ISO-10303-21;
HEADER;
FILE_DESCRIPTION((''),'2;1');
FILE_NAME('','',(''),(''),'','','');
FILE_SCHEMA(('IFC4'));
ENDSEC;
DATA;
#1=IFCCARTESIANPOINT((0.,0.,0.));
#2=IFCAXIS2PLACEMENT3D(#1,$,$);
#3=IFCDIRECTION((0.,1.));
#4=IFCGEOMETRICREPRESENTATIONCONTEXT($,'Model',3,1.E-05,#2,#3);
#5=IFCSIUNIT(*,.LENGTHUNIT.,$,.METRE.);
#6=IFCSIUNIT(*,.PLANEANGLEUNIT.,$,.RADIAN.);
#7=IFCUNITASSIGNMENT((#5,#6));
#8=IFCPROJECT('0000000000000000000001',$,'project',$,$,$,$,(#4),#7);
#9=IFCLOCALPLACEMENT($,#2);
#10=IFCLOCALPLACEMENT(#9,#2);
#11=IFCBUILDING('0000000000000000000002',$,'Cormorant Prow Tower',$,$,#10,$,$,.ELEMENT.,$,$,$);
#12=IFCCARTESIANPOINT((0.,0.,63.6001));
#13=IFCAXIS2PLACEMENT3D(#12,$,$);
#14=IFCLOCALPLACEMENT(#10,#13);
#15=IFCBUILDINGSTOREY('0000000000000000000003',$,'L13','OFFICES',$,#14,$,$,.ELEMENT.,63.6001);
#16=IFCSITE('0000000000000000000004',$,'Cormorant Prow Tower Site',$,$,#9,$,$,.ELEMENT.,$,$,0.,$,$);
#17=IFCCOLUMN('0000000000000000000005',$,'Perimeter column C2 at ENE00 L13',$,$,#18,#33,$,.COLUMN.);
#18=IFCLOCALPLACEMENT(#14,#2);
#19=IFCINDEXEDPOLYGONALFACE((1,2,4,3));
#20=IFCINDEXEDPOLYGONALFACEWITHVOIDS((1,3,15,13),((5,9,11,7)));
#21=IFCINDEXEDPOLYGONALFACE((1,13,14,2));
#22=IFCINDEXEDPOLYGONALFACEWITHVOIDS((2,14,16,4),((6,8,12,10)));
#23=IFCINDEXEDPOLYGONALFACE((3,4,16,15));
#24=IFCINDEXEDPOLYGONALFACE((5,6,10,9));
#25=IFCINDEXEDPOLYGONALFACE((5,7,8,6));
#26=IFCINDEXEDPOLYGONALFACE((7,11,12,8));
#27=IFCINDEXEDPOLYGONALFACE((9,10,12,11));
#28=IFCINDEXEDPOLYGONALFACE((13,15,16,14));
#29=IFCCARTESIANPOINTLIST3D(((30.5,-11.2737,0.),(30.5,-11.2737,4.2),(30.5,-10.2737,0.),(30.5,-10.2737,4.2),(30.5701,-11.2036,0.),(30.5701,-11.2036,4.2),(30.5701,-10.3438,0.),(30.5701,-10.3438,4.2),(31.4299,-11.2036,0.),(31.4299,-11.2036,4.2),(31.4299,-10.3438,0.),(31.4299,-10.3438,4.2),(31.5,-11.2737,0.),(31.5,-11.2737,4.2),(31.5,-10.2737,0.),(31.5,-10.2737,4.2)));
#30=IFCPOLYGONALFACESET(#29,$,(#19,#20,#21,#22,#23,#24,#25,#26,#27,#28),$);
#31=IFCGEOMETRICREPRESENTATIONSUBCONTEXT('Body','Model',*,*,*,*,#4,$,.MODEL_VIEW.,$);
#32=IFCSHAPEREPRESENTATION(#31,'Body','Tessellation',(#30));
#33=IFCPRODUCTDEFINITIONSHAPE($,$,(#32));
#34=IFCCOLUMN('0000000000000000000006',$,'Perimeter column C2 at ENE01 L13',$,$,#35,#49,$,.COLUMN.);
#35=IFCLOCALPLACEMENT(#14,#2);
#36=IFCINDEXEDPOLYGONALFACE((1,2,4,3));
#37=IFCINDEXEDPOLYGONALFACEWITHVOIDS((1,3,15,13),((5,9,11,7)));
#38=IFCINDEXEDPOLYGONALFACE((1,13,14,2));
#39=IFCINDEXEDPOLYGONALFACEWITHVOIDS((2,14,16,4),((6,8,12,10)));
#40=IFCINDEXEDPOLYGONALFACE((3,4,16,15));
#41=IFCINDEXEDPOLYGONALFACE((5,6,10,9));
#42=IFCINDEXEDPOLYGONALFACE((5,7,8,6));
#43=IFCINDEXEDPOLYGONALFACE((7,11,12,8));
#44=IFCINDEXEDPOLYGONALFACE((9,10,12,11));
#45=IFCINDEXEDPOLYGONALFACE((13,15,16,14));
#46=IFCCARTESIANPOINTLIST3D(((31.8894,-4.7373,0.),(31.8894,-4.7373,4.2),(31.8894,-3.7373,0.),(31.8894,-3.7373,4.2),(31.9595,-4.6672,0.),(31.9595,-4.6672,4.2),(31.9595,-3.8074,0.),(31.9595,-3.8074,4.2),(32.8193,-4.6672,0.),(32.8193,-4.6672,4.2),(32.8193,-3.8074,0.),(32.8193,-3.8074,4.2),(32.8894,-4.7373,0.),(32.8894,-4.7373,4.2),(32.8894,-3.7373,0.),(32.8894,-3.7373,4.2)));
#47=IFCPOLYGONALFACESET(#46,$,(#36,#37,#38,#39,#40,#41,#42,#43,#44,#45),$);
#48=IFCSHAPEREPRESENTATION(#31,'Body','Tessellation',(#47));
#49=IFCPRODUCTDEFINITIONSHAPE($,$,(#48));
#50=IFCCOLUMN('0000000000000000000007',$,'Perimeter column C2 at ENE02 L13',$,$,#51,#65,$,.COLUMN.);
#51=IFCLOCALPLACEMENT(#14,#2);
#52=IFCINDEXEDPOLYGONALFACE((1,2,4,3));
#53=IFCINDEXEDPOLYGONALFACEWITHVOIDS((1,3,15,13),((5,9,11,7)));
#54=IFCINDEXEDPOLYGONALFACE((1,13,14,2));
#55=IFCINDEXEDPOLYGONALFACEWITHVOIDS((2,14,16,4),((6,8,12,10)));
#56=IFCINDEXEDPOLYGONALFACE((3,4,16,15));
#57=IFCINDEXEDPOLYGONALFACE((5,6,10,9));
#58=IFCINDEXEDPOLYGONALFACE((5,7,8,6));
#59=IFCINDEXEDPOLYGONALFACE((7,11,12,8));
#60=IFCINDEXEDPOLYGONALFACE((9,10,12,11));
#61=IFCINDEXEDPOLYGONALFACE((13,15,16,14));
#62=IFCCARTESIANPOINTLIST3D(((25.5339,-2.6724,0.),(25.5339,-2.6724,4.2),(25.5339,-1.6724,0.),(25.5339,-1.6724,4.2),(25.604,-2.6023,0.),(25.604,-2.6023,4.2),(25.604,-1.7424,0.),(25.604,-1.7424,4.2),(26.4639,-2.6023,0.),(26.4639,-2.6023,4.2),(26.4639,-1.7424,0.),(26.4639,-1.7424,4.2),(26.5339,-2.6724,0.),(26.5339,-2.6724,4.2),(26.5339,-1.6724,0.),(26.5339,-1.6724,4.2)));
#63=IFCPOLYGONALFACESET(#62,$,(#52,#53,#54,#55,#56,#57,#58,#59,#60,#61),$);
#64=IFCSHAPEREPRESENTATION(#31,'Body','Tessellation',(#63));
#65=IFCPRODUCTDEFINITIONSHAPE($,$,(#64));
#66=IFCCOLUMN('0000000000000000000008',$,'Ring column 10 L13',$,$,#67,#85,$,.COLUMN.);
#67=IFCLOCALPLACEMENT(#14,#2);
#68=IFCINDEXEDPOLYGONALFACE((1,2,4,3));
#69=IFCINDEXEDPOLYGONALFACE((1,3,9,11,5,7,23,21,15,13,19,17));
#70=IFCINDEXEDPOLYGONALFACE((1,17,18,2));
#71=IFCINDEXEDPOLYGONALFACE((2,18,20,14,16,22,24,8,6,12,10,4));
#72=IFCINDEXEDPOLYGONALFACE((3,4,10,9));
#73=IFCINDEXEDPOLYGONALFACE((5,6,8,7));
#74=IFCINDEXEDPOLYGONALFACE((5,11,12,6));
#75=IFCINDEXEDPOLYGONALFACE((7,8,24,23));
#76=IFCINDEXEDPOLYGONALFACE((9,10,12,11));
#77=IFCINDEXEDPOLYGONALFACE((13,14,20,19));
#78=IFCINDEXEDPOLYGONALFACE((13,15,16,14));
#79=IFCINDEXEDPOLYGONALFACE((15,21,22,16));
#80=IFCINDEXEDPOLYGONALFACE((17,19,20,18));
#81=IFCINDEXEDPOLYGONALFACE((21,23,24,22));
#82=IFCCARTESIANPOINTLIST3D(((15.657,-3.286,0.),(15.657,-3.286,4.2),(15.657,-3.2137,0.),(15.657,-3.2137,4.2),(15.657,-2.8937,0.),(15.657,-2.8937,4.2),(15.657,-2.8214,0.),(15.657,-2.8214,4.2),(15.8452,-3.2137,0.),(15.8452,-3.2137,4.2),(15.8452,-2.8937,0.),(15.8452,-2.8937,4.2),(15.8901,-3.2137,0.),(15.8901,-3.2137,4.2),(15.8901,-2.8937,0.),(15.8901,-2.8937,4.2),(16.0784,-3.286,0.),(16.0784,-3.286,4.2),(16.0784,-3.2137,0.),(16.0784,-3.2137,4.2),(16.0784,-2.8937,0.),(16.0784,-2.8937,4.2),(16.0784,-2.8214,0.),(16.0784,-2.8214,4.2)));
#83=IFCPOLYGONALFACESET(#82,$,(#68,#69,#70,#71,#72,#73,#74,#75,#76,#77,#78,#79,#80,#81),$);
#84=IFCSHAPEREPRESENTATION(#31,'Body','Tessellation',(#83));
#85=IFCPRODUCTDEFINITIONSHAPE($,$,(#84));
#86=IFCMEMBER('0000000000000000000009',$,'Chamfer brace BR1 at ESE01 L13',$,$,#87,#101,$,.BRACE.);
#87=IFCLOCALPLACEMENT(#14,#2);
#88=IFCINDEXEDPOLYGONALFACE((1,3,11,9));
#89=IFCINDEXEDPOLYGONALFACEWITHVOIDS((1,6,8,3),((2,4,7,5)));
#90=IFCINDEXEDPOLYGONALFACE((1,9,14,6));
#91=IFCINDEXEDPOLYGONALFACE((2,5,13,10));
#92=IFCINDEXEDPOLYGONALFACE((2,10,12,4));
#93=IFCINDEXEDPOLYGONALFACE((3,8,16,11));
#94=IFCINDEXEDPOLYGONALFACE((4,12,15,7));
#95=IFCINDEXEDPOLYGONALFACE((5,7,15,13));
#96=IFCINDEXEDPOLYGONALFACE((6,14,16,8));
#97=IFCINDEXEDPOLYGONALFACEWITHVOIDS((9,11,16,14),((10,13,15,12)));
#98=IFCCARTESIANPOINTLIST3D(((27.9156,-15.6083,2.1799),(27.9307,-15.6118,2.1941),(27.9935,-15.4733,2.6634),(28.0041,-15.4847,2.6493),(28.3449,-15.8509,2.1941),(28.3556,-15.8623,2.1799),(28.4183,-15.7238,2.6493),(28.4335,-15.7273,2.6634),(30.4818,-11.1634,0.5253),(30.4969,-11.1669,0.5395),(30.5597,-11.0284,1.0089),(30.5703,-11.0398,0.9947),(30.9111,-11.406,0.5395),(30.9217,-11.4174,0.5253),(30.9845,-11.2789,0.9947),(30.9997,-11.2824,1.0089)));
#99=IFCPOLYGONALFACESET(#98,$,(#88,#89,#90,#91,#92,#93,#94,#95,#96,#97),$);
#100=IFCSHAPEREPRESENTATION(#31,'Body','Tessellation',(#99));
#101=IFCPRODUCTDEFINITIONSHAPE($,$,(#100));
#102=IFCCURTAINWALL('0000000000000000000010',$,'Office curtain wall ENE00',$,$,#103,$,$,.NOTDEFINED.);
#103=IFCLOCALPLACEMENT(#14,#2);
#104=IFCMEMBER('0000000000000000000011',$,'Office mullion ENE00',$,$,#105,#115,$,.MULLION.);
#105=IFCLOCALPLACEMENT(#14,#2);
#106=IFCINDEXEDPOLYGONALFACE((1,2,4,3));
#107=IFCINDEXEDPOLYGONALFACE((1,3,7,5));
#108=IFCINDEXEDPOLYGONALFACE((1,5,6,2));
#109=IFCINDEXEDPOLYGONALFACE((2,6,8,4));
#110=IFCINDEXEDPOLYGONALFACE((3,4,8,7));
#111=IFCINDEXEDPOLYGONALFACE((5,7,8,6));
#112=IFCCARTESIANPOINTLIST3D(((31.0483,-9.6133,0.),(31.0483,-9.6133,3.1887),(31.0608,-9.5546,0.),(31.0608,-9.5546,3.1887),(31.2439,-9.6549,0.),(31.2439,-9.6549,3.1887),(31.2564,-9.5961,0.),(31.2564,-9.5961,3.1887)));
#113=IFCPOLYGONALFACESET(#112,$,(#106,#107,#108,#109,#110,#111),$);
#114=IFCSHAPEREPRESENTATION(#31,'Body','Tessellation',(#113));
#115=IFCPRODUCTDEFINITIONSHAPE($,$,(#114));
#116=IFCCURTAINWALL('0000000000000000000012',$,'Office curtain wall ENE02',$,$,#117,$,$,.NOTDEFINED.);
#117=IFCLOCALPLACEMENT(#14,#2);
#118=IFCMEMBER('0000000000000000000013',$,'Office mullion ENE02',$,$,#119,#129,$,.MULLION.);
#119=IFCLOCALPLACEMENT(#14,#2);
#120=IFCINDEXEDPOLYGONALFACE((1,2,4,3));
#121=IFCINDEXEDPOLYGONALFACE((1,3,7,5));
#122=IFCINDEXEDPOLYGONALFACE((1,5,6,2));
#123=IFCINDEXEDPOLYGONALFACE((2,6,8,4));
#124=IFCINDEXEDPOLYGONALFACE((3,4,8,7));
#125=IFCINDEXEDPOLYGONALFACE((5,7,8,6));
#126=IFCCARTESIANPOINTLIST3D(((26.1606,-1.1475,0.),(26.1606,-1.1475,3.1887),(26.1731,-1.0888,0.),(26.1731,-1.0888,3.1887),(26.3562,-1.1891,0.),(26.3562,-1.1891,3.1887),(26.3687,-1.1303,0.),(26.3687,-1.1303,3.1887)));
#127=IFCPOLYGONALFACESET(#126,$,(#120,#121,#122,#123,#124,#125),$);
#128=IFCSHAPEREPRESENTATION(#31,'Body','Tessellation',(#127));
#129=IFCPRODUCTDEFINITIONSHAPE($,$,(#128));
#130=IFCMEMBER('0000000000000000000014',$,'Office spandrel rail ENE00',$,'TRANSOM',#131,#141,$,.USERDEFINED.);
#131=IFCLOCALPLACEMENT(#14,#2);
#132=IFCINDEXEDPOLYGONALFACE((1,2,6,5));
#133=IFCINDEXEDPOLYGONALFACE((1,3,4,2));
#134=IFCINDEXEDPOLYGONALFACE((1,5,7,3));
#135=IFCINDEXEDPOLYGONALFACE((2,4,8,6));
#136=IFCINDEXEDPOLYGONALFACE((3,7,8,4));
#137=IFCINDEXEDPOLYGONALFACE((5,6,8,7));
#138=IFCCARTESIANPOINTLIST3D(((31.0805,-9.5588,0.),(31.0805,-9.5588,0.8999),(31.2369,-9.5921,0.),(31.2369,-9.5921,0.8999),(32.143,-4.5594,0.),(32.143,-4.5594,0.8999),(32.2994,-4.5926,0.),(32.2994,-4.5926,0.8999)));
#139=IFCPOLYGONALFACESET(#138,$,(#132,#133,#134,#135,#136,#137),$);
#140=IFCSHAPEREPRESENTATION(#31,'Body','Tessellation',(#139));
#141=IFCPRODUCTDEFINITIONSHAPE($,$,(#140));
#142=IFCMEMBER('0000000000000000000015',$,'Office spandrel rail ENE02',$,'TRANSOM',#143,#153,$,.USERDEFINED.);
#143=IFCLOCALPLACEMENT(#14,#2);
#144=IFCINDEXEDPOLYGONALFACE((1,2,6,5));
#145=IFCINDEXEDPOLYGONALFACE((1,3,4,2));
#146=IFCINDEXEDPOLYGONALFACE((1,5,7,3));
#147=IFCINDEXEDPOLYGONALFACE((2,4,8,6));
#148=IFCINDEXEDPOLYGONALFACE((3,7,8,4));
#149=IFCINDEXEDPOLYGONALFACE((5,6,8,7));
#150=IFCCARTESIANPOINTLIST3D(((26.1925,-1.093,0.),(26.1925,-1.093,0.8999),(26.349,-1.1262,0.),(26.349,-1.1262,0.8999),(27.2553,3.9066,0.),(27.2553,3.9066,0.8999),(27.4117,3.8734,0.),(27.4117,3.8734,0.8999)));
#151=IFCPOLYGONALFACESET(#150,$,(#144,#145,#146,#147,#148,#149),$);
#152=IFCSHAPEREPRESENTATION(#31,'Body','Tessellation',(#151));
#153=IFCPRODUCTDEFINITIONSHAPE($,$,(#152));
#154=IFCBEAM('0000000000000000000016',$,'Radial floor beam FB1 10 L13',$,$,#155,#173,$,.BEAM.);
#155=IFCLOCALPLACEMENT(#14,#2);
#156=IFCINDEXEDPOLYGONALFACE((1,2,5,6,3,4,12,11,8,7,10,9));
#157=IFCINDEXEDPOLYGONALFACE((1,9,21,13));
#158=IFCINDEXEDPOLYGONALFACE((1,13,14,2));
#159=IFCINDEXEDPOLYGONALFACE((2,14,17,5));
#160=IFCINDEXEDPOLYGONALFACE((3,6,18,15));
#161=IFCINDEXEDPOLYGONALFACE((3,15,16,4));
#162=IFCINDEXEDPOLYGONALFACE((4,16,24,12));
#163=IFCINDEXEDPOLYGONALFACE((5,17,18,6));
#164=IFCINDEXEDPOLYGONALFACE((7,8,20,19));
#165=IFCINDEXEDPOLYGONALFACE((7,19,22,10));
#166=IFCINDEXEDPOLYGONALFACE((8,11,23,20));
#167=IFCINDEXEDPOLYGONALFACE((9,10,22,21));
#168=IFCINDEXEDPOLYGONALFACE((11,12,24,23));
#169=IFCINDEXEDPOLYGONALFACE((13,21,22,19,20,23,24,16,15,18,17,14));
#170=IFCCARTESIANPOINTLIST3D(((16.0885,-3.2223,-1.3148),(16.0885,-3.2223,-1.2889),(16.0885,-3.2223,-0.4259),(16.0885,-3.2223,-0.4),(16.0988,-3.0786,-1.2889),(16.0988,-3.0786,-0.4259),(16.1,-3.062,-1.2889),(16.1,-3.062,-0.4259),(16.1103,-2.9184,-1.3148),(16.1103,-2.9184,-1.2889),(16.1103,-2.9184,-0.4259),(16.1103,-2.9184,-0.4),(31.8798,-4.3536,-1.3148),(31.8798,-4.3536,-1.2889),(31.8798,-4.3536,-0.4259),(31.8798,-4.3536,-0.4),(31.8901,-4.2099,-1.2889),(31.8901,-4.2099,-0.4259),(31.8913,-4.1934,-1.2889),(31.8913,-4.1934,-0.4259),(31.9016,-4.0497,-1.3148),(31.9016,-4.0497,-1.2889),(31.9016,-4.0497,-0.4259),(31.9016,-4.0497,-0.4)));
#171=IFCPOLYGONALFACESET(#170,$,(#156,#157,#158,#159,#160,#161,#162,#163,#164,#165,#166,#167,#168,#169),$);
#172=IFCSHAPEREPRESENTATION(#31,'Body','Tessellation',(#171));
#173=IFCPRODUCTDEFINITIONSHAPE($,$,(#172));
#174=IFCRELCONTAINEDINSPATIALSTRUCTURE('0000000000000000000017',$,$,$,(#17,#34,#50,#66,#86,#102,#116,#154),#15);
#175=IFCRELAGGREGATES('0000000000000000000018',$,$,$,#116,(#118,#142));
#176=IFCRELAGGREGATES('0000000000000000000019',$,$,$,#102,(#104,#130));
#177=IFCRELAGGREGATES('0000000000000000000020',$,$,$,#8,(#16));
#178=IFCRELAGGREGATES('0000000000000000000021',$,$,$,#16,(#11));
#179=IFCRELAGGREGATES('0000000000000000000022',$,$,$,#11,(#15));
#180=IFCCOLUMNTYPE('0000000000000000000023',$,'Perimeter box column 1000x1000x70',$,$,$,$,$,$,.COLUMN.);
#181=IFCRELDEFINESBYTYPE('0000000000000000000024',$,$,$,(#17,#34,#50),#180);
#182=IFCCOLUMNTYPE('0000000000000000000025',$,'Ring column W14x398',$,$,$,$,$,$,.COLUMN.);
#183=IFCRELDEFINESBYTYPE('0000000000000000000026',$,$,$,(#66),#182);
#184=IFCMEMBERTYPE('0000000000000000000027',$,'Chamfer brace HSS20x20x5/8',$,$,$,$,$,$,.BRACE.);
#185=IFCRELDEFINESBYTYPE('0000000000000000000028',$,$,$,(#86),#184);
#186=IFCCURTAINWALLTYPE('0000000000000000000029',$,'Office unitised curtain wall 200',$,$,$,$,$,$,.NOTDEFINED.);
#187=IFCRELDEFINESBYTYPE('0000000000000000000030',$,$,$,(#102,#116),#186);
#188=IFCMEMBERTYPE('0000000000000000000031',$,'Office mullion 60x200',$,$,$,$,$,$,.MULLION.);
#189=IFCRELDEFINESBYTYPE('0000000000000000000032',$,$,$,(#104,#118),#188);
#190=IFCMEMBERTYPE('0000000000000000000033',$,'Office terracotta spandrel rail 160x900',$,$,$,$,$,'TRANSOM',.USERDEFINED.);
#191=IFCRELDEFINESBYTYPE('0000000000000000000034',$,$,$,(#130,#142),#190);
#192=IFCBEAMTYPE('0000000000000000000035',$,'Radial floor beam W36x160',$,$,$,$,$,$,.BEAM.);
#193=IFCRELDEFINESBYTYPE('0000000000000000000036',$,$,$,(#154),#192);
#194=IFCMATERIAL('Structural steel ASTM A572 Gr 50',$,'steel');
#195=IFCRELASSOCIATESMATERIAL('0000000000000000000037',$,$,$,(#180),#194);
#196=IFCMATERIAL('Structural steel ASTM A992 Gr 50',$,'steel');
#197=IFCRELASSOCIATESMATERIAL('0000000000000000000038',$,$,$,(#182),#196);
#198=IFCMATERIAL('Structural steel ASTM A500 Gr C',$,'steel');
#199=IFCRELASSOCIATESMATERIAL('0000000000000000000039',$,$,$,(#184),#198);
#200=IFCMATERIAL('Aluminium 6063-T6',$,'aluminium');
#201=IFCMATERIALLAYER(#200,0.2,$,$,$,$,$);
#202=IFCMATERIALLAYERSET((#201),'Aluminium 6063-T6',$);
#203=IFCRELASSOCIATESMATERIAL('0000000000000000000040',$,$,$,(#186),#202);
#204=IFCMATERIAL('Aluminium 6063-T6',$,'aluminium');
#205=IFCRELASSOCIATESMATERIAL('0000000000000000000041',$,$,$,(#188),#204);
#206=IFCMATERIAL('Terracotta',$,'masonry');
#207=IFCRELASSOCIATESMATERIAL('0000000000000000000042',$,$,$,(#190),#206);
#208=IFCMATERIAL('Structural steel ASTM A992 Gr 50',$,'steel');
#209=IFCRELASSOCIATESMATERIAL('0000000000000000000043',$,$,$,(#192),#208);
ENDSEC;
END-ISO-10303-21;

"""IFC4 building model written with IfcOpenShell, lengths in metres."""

from ifc_helpers import new_model, si_unit, direction, frame, origin, origin_2d, place, context, subcontext, project, spatial, rectangle, hollow_rectangle, i_section, extrude, material, layer, layer_set, material_profile, profile_set, type_object, element, aggregate, save


model = new_model("IFC4")

# Units and contexts
model_context = context("Model", 3, precision=1e-05, world=origin(), true_north=direction((0.0, 1.0)))
body_context = subcontext(model_context, "Body", "Model", "MODEL_VIEW")
ifc_project = project(units=[si_unit("LENGTHUNIT", "METRE"), si_unit("PLANEANGLEUNIT", "RADIAN")], contexts=[model_context])

# Site, building, storey
site_placement = place(None, origin())
site = spatial("IfcSite", under=ifc_project, at=site_placement, Name="Cormorant Prow Tower Site", CompositionType="ELEMENT", RefElevation=0.0)
building_placement = place(site_placement, origin())
building = spatial("IfcBuilding", under=site, at=building_placement, Name="Cormorant Prow Tower", CompositionType="ELEMENT")
storey_placement = place(building_placement, frame((0.0, 0.0, 63.6001)))
storey = spatial("IfcBuildingStorey", under=building, at=storey_placement, Name="L13", Description="OFFICES", CompositionType="ELEMENT", Elevation=63.6001)

# Columns
ifc_material_1 = material(Name="Structural steel ASTM A572 Gr 50", Category="steel")
ifc_material_profile_1 = material_profile(ifc_material_1, hollow_rectangle(XDim=1.0, YDim=1.0, WallThickness=0.0701, at=origin_2d()), Name="Box 1000x1000x70")
ifc_profile_set_1 = profile_set([ifc_material_profile_1], Name="Structural steel ASTM A572 Gr 50")
column_type_1 = type_object("IfcColumnType", Name="Perimeter box column 1000x1000x70", PredefinedType="COLUMN", material=ifc_profile_set_1)
for number, where, z_axis, x_axis, name in (
    (1, (31.0, -10.7737, 0.0), (0.0, 0.0, 1.0), (1.0, 0.0, 0.0), "Perimeter column C2 at ENE00 L13"),
    (2, (32.3894, -4.2373, 0.0), (0.0, 0.0, 1.0), (1.0, 0.0, 0.0), "Perimeter column C2 at ENE01 L13"),
    (3, (26.0339, -2.1724, 0.0), (0.0, 0.0, 1.0), (1.0, 0.0, 0.0), "Perimeter column C2 at ENE02 L13"),
):
    element("IfcColumn", number, at=place(storey_placement, frame(where, z_axis=z_axis, x_axis=x_axis)), inside=storey, type_object=column_type_1, Name=name, PredefinedType="COLUMN", context=body_context, shape_type="SweptSolid", body=[
        extrude(hollow_rectangle(XDim=1.0, YDim=1.0, WallThickness=0.0701, at=origin_2d()), origin(), (0.0, 0.0, 1.0), 4.2),
    ])
ifc_material_2 = material(Name="Structural steel ASTM A992 Gr 50", Category="steel")
ifc_material_profile_2 = material_profile(ifc_material_2, i_section(OverallWidth=0.4214, OverallDepth=0.4646, WebThickness=0.0449, FlangeThickness=0.0723, at=origin_2d()), Name="W14x398")
ifc_profile_set_2 = profile_set([ifc_material_profile_2], Name="Structural steel ASTM A992 Gr 50")
column_type_2 = type_object("IfcColumnType", Name="Ring column W14x398", PredefinedType="COLUMN", material=ifc_profile_set_2)
column_placement = place(storey_placement, frame((15.8677, -3.0537, 0.0), z_axis=(0.0, 0.0, 1.0), x_axis=(1.0, 0.0, 0.0)))
element("IfcColumn", 4, at=column_placement, inside=storey, type_object=column_type_2, Name="Ring column 10 L13", PredefinedType="COLUMN", context=body_context, shape_type="SweptSolid", body=[
    extrude(i_section(OverallWidth=0.4214, OverallDepth=0.4646, WebThickness=0.0449, FlangeThickness=0.0723, at=origin_2d()), origin(), (0.0, 0.0, 1.0), 4.2),
])

# Member
ifc_material_3 = material(Name="Structural steel ASTM A500 Gr C", Category="steel")
ifc_material_profile_3 = material_profile(ifc_material_3, hollow_rectangle(XDim=0.5081, YDim=0.5081, WallThickness=0.0149, at=origin_2d()), Name="HSS20x20x5/8")
ifc_profile_set_3 = profile_set([ifc_material_profile_3], Name="Structural steel ASTM A500 Gr C")
member_type_1 = type_object("IfcMemberType", Name="Chamfer brace HSS20x20x5/8", PredefinedType="BRACE", material=ifc_profile_set_3)
member_1_placement = place(storey_placement, frame((30.7407, -11.2229, 0.7671), z_axis=(-0.475875, -0.824259, 0.306822), x_axis=(0.86603, -0.499991, 0.0)))
element("IfcMember", 5, at=member_1_placement, inside=storey, type_object=member_type_1, Name="Chamfer brace BR1 at ESE01 L13", PredefinedType="BRACE", context=body_context, shape_type="SweptSolid", body=[
    extrude(hollow_rectangle(XDim=0.5081, YDim=0.5081, WallThickness=0.0149, at=origin_2d()), origin(), (0.0, 0.0, 1.0), 5.3926),
])

# Curtain walls, members
ifc_material_4 = material(Name="Aluminium 6063-T6", Category="aluminium")
ifc_layer_1 = layer(ifc_material_4, 0.2)
ifc_layer_set_1 = layer_set([ifc_layer_1], Name="Aluminium 6063-T6")
curtain_wall_type = type_object("IfcCurtainWallType", Name="Office unitised curtain wall 200", PredefinedType="NOTDEFINED", material=ifc_layer_set_1)
curtain_wall_1_placement = place(storey_placement, origin())
curtain_wall_1 = element("IfcCurtainWall", 6, at=curtain_wall_1_placement, inside=storey, type_object=curtain_wall_type, Name="Office curtain wall ENE00", PredefinedType="NOTDEFINED")
ifc_material_5 = material(Name="Aluminium 6063-T6", Category="aluminium")
ifc_material_profile_4 = material_profile(ifc_material_5, rectangle(XDim=0.2, YDim=0.0601, at=origin_2d()), Name="Office mullion 60x200")
ifc_profile_set_4 = profile_set([ifc_material_profile_4], Name="Aluminium 6063-T6")
member_type_2 = type_object("IfcMemberType", Name="Office mullion 60x200", PredefinedType="MULLION", material=ifc_profile_set_4)
member_2_placement = place(storey_placement, frame((31.1523, -9.6047, 0.0), z_axis=(0.0, 0.0, 1.0), x_axis=(-0.978148, 0.207912, 0.0)))
member_2 = element("IfcMember", 7, at=member_2_placement, type_object=member_type_2, Name="Office mullion ENE00", PredefinedType="MULLION", context=body_context, shape_type="SweptSolid", body=[
    extrude(rectangle(XDim=0.2, YDim=0.0601, at=origin_2d()), origin(), (0.0, 0.0, 1.0), 3.1887),
])
curtain_wall_2_placement = place(storey_placement, origin())
curtain_wall_2 = element("IfcCurtainWall", 8, at=curtain_wall_2_placement, inside=storey, type_object=curtain_wall_type, Name="Office curtain wall ENE02", PredefinedType="NOTDEFINED")
member_3_placement = place(storey_placement, frame((26.2646, -1.1389, 0.0), z_axis=(0.0, 0.0, 1.0), x_axis=(-0.978148, 0.207912, 0.0)))
member_3 = element("IfcMember", 9, at=member_3_placement, type_object=member_type_2, Name="Office mullion ENE02", PredefinedType="MULLION", context=body_context, shape_type="SweptSolid", body=[
    extrude(rectangle(XDim=0.2, YDim=0.0601, at=origin_2d()), origin(), (0.0, 0.0, 1.0), 3.1887),
])

# Members
ifc_material_6 = material(Name="Terracotta", Category="masonry")
ifc_material_profile_5 = material_profile(ifc_material_6, rectangle(XDim=0.1599, YDim=0.8999, at=origin_2d()), Name="Office terracotta spandrel rail 160x900")
ifc_profile_set_5 = profile_set([ifc_material_profile_5], Name="Terracotta")
member_type_3 = type_object("IfcMemberType", Name="Office terracotta spandrel rail 160x900", ElementType="TRANSOM", PredefinedType="USERDEFINED", material=ifc_profile_set_5)
member_4_placement = place(storey_placement, frame((31.1587, -9.5754, 0.45), z_axis=(0.207878, 0.978155, 0.0), x_axis=(-0.978155, 0.207878, 0.0)))
member_4 = element("IfcMember", 10, at=member_4_placement, type_object=member_type_3, Name="Office spandrel rail ENE00", ObjectType="TRANSOM", PredefinedType="USERDEFINED", context=body_context, shape_type="SweptSolid", body=[
    extrude(rectangle(XDim=0.1599, YDim=0.8999, at=origin_2d()), origin(), (0.0, 0.0, 1.0), 5.1111),
])
member_5_placement = place(storey_placement, frame((26.2708, -1.1096, 0.45), z_axis=(0.207924, 0.978145, 0.0), x_axis=(-0.978145, 0.207924, 0.0)))
member_5 = element("IfcMember", 11, at=member_5_placement, type_object=member_type_3, Name="Office spandrel rail ENE02", ObjectType="TRANSOM", PredefinedType="USERDEFINED", context=body_context, shape_type="SweptSolid", body=[
    extrude(rectangle(XDim=0.1599, YDim=0.8999, at=origin_2d()), origin(), (0.0, 0.0, 1.0), 5.1113),
])
aggregate(curtain_wall_2, [member_3, member_5])

# Beam
ifc_material_7 = material(Name="Structural steel ASTM A992 Gr 50", Category="steel")
ifc_material_profile_6 = material_profile(ifc_material_7, i_section(OverallWidth=0.3047, OverallDepth=0.9148, WebThickness=0.0166, FlangeThickness=0.0259, at=origin_2d()), Name="W36x160")
ifc_profile_set_6 = profile_set([ifc_material_profile_6], Name="Structural steel ASTM A992 Gr 50")
beam_type_1 = type_object("IfcBeamType", Name="Radial floor beam W36x160", PredefinedType="BEAM", material=ifc_profile_set_6)
beam_1_placement = place(storey_placement, frame((16.0994, -3.0703, -0.8574), z_axis=(0.997443, -0.071461, 0.0), x_axis=(0.071461, 0.997443, 0.0)))
element("IfcBeam", 12, at=beam_1_placement, inside=storey, type_object=beam_type_1, Name="Radial floor beam FB1 10 L13", PredefinedType="BEAM", context=body_context, shape_type="SweptSolid", body=[
    extrude(i_section(OverallWidth=0.3047, OverallDepth=0.9148, WebThickness=0.0166, FlangeThickness=0.0259, at=origin_2d()), origin(), (0.0, 0.0, 1.0), 15.8318),
])

aggregate(curtain_wall_1, [member_2, member_4])

save(model, "model.ifc")
